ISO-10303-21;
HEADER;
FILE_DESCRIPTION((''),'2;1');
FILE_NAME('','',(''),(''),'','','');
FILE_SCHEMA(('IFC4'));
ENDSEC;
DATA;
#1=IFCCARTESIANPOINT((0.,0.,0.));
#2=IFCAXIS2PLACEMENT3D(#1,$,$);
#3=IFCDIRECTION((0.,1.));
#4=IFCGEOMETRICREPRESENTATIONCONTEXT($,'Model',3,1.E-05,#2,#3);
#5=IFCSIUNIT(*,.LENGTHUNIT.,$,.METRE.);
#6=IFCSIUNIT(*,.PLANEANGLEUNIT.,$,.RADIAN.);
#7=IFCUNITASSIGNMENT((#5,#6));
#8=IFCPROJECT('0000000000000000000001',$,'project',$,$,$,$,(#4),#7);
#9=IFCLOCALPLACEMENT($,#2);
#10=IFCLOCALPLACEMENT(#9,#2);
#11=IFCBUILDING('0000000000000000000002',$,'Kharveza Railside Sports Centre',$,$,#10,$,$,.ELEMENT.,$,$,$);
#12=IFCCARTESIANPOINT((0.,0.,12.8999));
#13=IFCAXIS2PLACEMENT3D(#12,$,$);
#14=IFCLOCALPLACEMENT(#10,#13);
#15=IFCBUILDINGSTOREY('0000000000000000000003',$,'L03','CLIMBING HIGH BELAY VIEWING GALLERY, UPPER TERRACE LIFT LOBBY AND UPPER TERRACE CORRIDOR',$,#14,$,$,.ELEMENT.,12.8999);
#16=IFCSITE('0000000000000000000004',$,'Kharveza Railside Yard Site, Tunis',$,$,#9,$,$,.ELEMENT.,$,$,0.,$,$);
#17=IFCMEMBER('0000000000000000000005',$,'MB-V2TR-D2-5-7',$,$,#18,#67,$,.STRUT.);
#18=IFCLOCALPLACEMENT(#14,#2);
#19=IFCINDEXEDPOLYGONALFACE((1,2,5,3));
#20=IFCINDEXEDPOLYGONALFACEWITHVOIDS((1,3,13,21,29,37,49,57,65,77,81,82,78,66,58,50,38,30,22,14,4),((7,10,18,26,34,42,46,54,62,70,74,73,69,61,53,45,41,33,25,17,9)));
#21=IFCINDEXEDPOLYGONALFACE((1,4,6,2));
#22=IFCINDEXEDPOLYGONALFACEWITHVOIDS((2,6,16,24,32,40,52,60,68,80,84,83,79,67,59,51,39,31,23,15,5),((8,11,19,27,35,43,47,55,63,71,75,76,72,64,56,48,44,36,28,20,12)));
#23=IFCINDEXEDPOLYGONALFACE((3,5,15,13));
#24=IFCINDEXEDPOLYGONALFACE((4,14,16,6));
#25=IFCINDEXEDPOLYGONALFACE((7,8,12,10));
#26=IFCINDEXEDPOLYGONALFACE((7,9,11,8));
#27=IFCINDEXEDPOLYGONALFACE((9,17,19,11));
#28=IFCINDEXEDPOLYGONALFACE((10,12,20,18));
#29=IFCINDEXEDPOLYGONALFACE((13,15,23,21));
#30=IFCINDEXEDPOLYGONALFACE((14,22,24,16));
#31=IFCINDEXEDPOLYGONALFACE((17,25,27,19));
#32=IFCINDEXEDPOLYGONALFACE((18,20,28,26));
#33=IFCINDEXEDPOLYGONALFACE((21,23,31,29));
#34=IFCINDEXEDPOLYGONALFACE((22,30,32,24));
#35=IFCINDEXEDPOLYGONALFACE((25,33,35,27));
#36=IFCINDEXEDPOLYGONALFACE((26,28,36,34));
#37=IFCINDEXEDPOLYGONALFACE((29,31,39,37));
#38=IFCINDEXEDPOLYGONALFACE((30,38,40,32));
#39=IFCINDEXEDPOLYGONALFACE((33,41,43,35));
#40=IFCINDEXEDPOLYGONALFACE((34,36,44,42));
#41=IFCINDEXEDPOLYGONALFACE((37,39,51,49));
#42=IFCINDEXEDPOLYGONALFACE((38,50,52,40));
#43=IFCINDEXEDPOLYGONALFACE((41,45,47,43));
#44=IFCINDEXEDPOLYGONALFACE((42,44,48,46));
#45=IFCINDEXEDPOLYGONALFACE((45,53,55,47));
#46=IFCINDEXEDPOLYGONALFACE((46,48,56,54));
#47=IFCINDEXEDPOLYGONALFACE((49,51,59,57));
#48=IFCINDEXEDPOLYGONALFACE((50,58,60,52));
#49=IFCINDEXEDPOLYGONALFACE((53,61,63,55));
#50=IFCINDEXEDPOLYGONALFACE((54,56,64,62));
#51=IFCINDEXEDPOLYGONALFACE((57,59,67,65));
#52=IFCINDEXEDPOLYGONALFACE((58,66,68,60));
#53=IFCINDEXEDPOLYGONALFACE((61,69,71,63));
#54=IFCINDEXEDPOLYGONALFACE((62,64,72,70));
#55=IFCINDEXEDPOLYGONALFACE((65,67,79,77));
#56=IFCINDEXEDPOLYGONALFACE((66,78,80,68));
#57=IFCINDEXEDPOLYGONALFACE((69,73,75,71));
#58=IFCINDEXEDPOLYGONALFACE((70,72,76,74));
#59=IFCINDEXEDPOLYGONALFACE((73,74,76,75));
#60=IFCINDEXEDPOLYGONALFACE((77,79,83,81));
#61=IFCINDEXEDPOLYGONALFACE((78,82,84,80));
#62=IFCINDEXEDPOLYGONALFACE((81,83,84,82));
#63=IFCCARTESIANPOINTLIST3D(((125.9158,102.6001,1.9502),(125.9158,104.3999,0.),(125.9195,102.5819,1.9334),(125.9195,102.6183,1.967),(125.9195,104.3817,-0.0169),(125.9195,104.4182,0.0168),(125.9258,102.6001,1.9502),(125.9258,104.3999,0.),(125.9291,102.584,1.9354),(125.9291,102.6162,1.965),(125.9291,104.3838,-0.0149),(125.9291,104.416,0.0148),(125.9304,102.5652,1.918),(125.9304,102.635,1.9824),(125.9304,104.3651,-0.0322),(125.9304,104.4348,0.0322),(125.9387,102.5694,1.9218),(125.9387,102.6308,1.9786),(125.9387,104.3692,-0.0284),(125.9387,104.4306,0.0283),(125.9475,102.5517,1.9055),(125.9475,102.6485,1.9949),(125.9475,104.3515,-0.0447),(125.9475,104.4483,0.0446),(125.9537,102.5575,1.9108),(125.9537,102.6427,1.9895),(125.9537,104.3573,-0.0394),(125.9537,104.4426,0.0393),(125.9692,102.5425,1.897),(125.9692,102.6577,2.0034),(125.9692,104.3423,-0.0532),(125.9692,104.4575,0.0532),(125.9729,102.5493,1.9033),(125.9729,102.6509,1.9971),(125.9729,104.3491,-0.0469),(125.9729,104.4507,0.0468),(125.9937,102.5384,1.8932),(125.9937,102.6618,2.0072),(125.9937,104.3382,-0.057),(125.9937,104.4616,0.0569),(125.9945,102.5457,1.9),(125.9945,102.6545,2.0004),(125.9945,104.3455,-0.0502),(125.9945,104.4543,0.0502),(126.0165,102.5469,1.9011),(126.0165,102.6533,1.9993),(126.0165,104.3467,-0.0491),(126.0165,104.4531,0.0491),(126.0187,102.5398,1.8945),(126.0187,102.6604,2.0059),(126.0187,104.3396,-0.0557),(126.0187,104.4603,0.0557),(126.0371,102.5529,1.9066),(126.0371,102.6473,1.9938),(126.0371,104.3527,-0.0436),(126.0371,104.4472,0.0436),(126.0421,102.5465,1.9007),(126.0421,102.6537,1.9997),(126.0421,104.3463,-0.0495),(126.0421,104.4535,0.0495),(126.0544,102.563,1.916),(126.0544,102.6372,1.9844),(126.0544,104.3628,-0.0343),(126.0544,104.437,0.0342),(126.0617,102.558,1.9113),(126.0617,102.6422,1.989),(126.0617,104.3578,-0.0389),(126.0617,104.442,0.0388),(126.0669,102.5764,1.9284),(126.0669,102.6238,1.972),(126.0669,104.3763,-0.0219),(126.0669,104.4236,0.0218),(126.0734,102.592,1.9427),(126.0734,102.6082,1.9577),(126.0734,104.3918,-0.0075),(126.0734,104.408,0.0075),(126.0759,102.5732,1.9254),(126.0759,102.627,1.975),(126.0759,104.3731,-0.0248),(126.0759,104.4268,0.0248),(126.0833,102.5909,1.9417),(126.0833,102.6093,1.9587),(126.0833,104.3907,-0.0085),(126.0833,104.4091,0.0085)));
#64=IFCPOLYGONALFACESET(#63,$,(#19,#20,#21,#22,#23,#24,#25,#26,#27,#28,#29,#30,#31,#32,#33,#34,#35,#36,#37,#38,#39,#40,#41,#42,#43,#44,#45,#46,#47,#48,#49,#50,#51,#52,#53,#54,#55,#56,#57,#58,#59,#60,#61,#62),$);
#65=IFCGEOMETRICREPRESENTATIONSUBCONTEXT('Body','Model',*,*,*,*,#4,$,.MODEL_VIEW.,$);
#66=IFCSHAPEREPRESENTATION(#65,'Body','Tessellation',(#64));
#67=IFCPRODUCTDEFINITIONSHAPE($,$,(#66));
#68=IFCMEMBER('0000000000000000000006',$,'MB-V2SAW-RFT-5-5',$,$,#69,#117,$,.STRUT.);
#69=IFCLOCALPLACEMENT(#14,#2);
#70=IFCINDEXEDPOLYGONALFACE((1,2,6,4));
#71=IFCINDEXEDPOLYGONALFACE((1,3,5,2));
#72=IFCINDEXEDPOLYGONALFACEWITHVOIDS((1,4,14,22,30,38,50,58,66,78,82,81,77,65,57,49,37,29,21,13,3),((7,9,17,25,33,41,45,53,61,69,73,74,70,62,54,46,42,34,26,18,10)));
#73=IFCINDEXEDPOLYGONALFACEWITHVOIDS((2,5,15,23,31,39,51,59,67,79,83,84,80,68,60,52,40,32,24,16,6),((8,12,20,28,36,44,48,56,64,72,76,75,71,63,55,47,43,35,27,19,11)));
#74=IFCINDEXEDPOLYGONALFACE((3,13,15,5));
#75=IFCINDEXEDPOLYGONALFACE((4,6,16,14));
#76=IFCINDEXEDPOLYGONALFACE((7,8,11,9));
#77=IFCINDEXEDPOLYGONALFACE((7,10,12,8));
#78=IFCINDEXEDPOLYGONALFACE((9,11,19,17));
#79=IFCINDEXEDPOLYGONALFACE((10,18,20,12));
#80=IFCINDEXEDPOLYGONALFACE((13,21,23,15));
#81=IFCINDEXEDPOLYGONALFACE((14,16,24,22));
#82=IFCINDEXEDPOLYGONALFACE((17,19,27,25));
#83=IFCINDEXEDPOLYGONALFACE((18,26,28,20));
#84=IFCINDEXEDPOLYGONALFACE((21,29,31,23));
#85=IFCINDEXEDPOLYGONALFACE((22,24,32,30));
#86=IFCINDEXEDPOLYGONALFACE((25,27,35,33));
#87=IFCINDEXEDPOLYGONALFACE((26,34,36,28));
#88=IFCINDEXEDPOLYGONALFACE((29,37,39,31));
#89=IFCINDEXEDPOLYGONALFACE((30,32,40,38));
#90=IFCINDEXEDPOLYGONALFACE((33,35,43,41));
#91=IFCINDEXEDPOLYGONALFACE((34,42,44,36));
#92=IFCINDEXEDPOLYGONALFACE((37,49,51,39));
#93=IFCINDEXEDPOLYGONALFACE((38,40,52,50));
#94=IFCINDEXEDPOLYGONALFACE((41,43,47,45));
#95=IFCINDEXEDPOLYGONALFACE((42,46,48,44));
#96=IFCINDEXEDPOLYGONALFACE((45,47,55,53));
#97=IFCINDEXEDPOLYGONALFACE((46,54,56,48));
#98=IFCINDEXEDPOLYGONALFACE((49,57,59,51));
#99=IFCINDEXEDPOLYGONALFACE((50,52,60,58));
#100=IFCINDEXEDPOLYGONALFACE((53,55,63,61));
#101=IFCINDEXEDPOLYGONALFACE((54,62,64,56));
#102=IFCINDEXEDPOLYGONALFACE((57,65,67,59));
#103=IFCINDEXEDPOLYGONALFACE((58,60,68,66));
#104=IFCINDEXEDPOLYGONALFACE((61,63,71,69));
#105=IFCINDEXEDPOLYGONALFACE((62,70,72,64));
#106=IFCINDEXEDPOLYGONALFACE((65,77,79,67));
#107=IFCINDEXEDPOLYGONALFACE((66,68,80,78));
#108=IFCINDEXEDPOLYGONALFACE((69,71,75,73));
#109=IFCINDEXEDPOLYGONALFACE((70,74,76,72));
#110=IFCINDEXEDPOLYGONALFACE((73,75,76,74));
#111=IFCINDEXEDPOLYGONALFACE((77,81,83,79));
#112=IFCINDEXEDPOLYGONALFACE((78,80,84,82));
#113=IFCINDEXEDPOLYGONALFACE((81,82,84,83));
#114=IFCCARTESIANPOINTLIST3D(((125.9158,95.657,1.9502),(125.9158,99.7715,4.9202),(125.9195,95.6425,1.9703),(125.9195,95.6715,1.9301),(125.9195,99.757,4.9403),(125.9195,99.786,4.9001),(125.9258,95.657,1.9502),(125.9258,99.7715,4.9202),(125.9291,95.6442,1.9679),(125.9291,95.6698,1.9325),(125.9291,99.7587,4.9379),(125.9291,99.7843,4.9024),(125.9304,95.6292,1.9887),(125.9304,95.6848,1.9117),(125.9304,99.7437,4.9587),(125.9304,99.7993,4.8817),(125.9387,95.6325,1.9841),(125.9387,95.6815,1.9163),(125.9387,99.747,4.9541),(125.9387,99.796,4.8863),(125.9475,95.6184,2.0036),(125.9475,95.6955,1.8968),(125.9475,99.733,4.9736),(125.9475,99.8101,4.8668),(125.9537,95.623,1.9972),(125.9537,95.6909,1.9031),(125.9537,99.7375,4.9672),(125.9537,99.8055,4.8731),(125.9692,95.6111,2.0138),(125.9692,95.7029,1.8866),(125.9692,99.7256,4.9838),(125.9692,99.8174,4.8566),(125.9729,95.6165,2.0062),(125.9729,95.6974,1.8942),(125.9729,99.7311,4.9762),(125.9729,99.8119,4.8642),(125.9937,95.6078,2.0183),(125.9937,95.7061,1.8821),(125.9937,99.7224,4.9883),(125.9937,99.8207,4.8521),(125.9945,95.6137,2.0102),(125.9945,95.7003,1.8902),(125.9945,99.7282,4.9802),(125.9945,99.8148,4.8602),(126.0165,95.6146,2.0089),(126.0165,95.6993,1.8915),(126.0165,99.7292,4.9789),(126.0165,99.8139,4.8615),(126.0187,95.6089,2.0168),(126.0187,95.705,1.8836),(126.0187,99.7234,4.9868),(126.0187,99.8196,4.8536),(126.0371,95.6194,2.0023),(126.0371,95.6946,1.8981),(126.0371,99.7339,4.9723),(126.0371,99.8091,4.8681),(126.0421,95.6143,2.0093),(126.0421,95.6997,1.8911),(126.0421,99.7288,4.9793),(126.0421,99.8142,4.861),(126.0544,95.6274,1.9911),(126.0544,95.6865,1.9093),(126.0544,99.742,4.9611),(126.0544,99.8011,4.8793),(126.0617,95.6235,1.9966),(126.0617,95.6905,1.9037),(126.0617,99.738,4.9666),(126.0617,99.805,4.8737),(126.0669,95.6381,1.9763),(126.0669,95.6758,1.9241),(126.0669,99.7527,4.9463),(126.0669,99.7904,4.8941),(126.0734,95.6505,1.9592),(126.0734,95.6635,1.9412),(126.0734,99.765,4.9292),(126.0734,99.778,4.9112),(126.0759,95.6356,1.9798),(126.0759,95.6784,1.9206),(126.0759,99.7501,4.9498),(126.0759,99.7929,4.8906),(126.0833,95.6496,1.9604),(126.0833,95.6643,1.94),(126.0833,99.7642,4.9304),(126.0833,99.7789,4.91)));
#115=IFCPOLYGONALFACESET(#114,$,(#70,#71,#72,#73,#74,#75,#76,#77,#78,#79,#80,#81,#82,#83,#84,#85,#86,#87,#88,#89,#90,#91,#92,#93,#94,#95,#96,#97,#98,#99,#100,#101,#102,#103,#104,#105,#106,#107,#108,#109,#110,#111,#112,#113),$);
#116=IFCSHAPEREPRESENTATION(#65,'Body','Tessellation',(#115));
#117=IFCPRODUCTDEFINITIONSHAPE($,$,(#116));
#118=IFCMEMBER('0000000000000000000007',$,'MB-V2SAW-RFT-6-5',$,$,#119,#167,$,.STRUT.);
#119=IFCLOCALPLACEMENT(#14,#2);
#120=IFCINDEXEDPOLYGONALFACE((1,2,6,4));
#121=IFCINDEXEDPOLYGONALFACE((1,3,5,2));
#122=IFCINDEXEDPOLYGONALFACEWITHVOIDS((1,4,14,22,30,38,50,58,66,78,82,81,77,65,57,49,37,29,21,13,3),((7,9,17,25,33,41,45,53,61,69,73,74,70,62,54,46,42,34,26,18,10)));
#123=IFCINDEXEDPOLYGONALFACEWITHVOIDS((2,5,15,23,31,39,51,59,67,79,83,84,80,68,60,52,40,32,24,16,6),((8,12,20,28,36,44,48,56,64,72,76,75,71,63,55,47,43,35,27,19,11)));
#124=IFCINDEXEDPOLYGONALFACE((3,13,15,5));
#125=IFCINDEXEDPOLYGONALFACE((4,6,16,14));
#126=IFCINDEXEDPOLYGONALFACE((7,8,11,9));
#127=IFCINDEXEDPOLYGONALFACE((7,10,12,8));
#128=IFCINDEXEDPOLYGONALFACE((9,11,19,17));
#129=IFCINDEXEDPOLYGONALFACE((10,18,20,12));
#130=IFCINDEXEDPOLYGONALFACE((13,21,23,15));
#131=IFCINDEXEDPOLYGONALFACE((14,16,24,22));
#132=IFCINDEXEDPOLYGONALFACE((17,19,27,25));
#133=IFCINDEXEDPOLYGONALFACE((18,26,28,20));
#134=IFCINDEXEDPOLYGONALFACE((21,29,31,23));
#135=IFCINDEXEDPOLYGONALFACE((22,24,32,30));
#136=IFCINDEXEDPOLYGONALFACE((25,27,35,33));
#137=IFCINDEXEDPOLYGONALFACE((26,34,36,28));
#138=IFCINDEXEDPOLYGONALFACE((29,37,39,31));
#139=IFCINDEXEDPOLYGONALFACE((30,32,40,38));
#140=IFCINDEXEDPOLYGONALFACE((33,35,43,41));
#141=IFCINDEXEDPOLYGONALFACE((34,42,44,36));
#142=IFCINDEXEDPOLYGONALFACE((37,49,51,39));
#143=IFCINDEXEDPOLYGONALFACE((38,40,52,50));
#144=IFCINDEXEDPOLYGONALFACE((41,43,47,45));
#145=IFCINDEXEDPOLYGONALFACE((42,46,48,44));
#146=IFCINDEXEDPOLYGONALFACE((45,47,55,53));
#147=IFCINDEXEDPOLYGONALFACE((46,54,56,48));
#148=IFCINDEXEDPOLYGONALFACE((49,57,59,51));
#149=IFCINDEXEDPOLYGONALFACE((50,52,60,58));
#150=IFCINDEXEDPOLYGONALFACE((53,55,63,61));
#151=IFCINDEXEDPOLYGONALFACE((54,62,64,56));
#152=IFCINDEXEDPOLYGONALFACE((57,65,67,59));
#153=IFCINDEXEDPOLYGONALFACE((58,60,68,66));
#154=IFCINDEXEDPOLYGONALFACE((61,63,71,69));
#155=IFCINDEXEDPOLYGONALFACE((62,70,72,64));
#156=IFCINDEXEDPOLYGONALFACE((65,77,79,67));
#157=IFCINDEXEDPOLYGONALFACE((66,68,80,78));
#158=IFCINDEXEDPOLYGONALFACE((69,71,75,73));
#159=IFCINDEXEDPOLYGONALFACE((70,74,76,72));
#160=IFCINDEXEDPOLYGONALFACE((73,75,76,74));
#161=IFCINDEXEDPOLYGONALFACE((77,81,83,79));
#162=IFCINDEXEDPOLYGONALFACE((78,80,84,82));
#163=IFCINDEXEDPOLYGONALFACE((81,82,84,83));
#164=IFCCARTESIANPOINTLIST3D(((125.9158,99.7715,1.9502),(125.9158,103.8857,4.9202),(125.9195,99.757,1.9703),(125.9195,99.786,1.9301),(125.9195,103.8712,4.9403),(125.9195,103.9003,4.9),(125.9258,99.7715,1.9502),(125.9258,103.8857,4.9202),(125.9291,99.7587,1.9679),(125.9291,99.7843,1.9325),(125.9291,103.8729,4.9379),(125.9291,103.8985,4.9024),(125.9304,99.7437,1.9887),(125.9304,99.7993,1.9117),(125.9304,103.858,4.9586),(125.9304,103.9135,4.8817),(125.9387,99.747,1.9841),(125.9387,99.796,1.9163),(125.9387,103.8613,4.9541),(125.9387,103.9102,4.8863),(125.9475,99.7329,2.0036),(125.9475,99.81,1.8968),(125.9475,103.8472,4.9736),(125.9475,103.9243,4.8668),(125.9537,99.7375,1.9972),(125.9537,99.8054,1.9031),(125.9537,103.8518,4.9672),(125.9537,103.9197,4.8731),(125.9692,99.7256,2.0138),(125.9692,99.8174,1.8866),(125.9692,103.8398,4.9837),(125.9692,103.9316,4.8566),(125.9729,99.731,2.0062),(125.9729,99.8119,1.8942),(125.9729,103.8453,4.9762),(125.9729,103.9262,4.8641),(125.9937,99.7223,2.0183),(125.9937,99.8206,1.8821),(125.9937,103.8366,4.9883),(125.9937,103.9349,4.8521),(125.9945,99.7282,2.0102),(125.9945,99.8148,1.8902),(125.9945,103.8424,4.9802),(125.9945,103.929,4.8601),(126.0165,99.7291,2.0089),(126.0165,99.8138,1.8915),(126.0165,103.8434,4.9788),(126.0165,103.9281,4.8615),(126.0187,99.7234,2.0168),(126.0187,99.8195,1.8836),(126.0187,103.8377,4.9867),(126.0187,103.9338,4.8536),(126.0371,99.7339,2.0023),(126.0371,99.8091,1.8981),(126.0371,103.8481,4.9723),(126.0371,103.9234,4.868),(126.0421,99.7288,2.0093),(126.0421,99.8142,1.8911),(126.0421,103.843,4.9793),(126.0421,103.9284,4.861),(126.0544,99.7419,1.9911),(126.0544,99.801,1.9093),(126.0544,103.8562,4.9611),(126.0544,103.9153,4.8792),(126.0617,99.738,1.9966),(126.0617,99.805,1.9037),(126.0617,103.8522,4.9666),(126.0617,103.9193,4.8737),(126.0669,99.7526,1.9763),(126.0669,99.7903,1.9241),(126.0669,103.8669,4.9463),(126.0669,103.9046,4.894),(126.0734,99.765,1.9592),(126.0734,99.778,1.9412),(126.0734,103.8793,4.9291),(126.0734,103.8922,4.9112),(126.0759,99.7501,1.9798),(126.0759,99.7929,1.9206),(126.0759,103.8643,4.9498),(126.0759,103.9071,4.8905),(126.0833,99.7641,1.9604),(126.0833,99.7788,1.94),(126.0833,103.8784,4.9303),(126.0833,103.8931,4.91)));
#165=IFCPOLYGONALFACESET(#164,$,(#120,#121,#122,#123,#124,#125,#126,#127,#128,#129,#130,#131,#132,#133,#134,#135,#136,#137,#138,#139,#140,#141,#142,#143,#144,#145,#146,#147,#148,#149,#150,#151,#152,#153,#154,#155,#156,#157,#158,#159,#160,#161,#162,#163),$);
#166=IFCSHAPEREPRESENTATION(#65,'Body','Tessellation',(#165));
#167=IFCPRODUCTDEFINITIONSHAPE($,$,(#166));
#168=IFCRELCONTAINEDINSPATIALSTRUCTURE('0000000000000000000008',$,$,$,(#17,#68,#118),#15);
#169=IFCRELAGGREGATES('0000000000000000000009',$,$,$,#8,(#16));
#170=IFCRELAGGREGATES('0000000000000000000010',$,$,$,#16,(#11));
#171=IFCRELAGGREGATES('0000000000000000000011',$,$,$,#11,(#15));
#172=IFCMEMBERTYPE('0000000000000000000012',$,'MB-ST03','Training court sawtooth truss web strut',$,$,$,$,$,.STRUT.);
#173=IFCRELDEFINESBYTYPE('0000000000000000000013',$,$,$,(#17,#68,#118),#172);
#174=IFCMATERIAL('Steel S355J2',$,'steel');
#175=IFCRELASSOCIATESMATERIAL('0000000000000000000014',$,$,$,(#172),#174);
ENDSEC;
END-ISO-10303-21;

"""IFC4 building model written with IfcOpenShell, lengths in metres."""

from ifc_helpers import new_model, si_unit, direction, frame, origin, origin_2d, place, context, subcontext, project, spatial, hollow_circle, extrude, material, material_profile, profile_set, type_object, element, save


model = new_model("IFC4")

# Units and contexts
model_context = context("Model", 3, precision=1e-05, world=origin(), true_north=direction((0.0, 1.0)))
body_context = subcontext(model_context, "Body", "Model", "MODEL_VIEW")
ifc_project = project(units=[si_unit("LENGTHUNIT", "METRE"), si_unit("PLANEANGLEUNIT", "RADIAN")], contexts=[model_context])

# Site, building, storey
site_placement = place(None, origin())
site = spatial("IfcSite", under=ifc_project, at=site_placement, Name="Kharveza Railside Yard Site, Tunis", CompositionType="ELEMENT", RefElevation=0.0)
building_placement = place(site_placement, origin())
building = spatial("IfcBuilding", under=site, at=building_placement, Name="Kharveza Railside Sports Centre", CompositionType="ELEMENT")
storey_placement = place(building_placement, frame((0.0, 0.0, 12.8999)))
storey = spatial("IfcBuildingStorey", under=building, at=storey_placement, Name="L03", Description="CLIMBING HIGH BELAY VIEWING GALLERY, UPPER TERRACE LIFT LOBBY AND UPPER TERRACE CORRIDOR", CompositionType="ELEMENT", Elevation=12.8999)

# Shared definitions
ifc_material_1 = material(Name="Steel S355J2", Category="steel")

# Members
ifc_material_profile_1 = material_profile(ifc_material_1, hollow_circle(Radius=0.0842, WallThickness=0.01, at=origin_2d()), Name="CHS 168.3x10.0")
ifc_profile_set_1 = profile_set([ifc_material_profile_1], Name="Steel S355J2")
member_type_1 = type_object("IfcMemberType", Name="MB-ST03", Description="Training court sawtooth truss web strut", PredefinedType="STRUT", material=ifc_profile_set_1)
member_1_placement = place(storey_placement, frame((126.0, 102.6001, 1.9502), z_axis=(0.0, 0.678204, -0.734874), x_axis=(-1.0, 0.0, 0.0)))
element("IfcMember", 1, at=member_1_placement, inside=storey, type_object=member_type_1, Name="MB-V2TR-D2-5-7", PredefinedType="STRUT", context=body_context, shape_type="SweptSolid", body=[
    extrude(hollow_circle(Radius=0.0842, WallThickness=0.01, at=origin_2d()), origin(), (0.0, 0.0, 1.0), 2.6538),
])
member_2_placement = place(storey_placement, frame((126.0, 95.657, 1.9502), z_axis=(0.0, 0.81083, 0.585281), x_axis=(-1.0, 0.0, 0.0)))
element("IfcMember", 2, at=member_2_placement, inside=storey, type_object=member_type_1, Name="MB-V2SAW-RFT-5-5", PredefinedType="STRUT", context=body_context, shape_type="SweptSolid", body=[
    extrude(hollow_circle(Radius=0.0842, WallThickness=0.01, at=origin_2d()), origin(), (0.0, 0.0, 1.0), 5.0745),
])
member_3_placement = place(storey_placement, frame((126.0, 99.7715, 1.9502), z_axis=(0.0, 0.810814, 0.585304), x_axis=(-1.0, 0.0, 0.0)))
element("IfcMember", 3, at=member_3_placement, inside=storey, type_object=member_type_1, Name="MB-V2SAW-RFT-6-5", PredefinedType="STRUT", context=body_context, shape_type="SweptSolid", body=[
    extrude(hollow_circle(Radius=0.0842, WallThickness=0.01, at=origin_2d()), origin(), (0.0, 0.0, 1.0), 5.0742),
])

save(model, "model.ifc")
